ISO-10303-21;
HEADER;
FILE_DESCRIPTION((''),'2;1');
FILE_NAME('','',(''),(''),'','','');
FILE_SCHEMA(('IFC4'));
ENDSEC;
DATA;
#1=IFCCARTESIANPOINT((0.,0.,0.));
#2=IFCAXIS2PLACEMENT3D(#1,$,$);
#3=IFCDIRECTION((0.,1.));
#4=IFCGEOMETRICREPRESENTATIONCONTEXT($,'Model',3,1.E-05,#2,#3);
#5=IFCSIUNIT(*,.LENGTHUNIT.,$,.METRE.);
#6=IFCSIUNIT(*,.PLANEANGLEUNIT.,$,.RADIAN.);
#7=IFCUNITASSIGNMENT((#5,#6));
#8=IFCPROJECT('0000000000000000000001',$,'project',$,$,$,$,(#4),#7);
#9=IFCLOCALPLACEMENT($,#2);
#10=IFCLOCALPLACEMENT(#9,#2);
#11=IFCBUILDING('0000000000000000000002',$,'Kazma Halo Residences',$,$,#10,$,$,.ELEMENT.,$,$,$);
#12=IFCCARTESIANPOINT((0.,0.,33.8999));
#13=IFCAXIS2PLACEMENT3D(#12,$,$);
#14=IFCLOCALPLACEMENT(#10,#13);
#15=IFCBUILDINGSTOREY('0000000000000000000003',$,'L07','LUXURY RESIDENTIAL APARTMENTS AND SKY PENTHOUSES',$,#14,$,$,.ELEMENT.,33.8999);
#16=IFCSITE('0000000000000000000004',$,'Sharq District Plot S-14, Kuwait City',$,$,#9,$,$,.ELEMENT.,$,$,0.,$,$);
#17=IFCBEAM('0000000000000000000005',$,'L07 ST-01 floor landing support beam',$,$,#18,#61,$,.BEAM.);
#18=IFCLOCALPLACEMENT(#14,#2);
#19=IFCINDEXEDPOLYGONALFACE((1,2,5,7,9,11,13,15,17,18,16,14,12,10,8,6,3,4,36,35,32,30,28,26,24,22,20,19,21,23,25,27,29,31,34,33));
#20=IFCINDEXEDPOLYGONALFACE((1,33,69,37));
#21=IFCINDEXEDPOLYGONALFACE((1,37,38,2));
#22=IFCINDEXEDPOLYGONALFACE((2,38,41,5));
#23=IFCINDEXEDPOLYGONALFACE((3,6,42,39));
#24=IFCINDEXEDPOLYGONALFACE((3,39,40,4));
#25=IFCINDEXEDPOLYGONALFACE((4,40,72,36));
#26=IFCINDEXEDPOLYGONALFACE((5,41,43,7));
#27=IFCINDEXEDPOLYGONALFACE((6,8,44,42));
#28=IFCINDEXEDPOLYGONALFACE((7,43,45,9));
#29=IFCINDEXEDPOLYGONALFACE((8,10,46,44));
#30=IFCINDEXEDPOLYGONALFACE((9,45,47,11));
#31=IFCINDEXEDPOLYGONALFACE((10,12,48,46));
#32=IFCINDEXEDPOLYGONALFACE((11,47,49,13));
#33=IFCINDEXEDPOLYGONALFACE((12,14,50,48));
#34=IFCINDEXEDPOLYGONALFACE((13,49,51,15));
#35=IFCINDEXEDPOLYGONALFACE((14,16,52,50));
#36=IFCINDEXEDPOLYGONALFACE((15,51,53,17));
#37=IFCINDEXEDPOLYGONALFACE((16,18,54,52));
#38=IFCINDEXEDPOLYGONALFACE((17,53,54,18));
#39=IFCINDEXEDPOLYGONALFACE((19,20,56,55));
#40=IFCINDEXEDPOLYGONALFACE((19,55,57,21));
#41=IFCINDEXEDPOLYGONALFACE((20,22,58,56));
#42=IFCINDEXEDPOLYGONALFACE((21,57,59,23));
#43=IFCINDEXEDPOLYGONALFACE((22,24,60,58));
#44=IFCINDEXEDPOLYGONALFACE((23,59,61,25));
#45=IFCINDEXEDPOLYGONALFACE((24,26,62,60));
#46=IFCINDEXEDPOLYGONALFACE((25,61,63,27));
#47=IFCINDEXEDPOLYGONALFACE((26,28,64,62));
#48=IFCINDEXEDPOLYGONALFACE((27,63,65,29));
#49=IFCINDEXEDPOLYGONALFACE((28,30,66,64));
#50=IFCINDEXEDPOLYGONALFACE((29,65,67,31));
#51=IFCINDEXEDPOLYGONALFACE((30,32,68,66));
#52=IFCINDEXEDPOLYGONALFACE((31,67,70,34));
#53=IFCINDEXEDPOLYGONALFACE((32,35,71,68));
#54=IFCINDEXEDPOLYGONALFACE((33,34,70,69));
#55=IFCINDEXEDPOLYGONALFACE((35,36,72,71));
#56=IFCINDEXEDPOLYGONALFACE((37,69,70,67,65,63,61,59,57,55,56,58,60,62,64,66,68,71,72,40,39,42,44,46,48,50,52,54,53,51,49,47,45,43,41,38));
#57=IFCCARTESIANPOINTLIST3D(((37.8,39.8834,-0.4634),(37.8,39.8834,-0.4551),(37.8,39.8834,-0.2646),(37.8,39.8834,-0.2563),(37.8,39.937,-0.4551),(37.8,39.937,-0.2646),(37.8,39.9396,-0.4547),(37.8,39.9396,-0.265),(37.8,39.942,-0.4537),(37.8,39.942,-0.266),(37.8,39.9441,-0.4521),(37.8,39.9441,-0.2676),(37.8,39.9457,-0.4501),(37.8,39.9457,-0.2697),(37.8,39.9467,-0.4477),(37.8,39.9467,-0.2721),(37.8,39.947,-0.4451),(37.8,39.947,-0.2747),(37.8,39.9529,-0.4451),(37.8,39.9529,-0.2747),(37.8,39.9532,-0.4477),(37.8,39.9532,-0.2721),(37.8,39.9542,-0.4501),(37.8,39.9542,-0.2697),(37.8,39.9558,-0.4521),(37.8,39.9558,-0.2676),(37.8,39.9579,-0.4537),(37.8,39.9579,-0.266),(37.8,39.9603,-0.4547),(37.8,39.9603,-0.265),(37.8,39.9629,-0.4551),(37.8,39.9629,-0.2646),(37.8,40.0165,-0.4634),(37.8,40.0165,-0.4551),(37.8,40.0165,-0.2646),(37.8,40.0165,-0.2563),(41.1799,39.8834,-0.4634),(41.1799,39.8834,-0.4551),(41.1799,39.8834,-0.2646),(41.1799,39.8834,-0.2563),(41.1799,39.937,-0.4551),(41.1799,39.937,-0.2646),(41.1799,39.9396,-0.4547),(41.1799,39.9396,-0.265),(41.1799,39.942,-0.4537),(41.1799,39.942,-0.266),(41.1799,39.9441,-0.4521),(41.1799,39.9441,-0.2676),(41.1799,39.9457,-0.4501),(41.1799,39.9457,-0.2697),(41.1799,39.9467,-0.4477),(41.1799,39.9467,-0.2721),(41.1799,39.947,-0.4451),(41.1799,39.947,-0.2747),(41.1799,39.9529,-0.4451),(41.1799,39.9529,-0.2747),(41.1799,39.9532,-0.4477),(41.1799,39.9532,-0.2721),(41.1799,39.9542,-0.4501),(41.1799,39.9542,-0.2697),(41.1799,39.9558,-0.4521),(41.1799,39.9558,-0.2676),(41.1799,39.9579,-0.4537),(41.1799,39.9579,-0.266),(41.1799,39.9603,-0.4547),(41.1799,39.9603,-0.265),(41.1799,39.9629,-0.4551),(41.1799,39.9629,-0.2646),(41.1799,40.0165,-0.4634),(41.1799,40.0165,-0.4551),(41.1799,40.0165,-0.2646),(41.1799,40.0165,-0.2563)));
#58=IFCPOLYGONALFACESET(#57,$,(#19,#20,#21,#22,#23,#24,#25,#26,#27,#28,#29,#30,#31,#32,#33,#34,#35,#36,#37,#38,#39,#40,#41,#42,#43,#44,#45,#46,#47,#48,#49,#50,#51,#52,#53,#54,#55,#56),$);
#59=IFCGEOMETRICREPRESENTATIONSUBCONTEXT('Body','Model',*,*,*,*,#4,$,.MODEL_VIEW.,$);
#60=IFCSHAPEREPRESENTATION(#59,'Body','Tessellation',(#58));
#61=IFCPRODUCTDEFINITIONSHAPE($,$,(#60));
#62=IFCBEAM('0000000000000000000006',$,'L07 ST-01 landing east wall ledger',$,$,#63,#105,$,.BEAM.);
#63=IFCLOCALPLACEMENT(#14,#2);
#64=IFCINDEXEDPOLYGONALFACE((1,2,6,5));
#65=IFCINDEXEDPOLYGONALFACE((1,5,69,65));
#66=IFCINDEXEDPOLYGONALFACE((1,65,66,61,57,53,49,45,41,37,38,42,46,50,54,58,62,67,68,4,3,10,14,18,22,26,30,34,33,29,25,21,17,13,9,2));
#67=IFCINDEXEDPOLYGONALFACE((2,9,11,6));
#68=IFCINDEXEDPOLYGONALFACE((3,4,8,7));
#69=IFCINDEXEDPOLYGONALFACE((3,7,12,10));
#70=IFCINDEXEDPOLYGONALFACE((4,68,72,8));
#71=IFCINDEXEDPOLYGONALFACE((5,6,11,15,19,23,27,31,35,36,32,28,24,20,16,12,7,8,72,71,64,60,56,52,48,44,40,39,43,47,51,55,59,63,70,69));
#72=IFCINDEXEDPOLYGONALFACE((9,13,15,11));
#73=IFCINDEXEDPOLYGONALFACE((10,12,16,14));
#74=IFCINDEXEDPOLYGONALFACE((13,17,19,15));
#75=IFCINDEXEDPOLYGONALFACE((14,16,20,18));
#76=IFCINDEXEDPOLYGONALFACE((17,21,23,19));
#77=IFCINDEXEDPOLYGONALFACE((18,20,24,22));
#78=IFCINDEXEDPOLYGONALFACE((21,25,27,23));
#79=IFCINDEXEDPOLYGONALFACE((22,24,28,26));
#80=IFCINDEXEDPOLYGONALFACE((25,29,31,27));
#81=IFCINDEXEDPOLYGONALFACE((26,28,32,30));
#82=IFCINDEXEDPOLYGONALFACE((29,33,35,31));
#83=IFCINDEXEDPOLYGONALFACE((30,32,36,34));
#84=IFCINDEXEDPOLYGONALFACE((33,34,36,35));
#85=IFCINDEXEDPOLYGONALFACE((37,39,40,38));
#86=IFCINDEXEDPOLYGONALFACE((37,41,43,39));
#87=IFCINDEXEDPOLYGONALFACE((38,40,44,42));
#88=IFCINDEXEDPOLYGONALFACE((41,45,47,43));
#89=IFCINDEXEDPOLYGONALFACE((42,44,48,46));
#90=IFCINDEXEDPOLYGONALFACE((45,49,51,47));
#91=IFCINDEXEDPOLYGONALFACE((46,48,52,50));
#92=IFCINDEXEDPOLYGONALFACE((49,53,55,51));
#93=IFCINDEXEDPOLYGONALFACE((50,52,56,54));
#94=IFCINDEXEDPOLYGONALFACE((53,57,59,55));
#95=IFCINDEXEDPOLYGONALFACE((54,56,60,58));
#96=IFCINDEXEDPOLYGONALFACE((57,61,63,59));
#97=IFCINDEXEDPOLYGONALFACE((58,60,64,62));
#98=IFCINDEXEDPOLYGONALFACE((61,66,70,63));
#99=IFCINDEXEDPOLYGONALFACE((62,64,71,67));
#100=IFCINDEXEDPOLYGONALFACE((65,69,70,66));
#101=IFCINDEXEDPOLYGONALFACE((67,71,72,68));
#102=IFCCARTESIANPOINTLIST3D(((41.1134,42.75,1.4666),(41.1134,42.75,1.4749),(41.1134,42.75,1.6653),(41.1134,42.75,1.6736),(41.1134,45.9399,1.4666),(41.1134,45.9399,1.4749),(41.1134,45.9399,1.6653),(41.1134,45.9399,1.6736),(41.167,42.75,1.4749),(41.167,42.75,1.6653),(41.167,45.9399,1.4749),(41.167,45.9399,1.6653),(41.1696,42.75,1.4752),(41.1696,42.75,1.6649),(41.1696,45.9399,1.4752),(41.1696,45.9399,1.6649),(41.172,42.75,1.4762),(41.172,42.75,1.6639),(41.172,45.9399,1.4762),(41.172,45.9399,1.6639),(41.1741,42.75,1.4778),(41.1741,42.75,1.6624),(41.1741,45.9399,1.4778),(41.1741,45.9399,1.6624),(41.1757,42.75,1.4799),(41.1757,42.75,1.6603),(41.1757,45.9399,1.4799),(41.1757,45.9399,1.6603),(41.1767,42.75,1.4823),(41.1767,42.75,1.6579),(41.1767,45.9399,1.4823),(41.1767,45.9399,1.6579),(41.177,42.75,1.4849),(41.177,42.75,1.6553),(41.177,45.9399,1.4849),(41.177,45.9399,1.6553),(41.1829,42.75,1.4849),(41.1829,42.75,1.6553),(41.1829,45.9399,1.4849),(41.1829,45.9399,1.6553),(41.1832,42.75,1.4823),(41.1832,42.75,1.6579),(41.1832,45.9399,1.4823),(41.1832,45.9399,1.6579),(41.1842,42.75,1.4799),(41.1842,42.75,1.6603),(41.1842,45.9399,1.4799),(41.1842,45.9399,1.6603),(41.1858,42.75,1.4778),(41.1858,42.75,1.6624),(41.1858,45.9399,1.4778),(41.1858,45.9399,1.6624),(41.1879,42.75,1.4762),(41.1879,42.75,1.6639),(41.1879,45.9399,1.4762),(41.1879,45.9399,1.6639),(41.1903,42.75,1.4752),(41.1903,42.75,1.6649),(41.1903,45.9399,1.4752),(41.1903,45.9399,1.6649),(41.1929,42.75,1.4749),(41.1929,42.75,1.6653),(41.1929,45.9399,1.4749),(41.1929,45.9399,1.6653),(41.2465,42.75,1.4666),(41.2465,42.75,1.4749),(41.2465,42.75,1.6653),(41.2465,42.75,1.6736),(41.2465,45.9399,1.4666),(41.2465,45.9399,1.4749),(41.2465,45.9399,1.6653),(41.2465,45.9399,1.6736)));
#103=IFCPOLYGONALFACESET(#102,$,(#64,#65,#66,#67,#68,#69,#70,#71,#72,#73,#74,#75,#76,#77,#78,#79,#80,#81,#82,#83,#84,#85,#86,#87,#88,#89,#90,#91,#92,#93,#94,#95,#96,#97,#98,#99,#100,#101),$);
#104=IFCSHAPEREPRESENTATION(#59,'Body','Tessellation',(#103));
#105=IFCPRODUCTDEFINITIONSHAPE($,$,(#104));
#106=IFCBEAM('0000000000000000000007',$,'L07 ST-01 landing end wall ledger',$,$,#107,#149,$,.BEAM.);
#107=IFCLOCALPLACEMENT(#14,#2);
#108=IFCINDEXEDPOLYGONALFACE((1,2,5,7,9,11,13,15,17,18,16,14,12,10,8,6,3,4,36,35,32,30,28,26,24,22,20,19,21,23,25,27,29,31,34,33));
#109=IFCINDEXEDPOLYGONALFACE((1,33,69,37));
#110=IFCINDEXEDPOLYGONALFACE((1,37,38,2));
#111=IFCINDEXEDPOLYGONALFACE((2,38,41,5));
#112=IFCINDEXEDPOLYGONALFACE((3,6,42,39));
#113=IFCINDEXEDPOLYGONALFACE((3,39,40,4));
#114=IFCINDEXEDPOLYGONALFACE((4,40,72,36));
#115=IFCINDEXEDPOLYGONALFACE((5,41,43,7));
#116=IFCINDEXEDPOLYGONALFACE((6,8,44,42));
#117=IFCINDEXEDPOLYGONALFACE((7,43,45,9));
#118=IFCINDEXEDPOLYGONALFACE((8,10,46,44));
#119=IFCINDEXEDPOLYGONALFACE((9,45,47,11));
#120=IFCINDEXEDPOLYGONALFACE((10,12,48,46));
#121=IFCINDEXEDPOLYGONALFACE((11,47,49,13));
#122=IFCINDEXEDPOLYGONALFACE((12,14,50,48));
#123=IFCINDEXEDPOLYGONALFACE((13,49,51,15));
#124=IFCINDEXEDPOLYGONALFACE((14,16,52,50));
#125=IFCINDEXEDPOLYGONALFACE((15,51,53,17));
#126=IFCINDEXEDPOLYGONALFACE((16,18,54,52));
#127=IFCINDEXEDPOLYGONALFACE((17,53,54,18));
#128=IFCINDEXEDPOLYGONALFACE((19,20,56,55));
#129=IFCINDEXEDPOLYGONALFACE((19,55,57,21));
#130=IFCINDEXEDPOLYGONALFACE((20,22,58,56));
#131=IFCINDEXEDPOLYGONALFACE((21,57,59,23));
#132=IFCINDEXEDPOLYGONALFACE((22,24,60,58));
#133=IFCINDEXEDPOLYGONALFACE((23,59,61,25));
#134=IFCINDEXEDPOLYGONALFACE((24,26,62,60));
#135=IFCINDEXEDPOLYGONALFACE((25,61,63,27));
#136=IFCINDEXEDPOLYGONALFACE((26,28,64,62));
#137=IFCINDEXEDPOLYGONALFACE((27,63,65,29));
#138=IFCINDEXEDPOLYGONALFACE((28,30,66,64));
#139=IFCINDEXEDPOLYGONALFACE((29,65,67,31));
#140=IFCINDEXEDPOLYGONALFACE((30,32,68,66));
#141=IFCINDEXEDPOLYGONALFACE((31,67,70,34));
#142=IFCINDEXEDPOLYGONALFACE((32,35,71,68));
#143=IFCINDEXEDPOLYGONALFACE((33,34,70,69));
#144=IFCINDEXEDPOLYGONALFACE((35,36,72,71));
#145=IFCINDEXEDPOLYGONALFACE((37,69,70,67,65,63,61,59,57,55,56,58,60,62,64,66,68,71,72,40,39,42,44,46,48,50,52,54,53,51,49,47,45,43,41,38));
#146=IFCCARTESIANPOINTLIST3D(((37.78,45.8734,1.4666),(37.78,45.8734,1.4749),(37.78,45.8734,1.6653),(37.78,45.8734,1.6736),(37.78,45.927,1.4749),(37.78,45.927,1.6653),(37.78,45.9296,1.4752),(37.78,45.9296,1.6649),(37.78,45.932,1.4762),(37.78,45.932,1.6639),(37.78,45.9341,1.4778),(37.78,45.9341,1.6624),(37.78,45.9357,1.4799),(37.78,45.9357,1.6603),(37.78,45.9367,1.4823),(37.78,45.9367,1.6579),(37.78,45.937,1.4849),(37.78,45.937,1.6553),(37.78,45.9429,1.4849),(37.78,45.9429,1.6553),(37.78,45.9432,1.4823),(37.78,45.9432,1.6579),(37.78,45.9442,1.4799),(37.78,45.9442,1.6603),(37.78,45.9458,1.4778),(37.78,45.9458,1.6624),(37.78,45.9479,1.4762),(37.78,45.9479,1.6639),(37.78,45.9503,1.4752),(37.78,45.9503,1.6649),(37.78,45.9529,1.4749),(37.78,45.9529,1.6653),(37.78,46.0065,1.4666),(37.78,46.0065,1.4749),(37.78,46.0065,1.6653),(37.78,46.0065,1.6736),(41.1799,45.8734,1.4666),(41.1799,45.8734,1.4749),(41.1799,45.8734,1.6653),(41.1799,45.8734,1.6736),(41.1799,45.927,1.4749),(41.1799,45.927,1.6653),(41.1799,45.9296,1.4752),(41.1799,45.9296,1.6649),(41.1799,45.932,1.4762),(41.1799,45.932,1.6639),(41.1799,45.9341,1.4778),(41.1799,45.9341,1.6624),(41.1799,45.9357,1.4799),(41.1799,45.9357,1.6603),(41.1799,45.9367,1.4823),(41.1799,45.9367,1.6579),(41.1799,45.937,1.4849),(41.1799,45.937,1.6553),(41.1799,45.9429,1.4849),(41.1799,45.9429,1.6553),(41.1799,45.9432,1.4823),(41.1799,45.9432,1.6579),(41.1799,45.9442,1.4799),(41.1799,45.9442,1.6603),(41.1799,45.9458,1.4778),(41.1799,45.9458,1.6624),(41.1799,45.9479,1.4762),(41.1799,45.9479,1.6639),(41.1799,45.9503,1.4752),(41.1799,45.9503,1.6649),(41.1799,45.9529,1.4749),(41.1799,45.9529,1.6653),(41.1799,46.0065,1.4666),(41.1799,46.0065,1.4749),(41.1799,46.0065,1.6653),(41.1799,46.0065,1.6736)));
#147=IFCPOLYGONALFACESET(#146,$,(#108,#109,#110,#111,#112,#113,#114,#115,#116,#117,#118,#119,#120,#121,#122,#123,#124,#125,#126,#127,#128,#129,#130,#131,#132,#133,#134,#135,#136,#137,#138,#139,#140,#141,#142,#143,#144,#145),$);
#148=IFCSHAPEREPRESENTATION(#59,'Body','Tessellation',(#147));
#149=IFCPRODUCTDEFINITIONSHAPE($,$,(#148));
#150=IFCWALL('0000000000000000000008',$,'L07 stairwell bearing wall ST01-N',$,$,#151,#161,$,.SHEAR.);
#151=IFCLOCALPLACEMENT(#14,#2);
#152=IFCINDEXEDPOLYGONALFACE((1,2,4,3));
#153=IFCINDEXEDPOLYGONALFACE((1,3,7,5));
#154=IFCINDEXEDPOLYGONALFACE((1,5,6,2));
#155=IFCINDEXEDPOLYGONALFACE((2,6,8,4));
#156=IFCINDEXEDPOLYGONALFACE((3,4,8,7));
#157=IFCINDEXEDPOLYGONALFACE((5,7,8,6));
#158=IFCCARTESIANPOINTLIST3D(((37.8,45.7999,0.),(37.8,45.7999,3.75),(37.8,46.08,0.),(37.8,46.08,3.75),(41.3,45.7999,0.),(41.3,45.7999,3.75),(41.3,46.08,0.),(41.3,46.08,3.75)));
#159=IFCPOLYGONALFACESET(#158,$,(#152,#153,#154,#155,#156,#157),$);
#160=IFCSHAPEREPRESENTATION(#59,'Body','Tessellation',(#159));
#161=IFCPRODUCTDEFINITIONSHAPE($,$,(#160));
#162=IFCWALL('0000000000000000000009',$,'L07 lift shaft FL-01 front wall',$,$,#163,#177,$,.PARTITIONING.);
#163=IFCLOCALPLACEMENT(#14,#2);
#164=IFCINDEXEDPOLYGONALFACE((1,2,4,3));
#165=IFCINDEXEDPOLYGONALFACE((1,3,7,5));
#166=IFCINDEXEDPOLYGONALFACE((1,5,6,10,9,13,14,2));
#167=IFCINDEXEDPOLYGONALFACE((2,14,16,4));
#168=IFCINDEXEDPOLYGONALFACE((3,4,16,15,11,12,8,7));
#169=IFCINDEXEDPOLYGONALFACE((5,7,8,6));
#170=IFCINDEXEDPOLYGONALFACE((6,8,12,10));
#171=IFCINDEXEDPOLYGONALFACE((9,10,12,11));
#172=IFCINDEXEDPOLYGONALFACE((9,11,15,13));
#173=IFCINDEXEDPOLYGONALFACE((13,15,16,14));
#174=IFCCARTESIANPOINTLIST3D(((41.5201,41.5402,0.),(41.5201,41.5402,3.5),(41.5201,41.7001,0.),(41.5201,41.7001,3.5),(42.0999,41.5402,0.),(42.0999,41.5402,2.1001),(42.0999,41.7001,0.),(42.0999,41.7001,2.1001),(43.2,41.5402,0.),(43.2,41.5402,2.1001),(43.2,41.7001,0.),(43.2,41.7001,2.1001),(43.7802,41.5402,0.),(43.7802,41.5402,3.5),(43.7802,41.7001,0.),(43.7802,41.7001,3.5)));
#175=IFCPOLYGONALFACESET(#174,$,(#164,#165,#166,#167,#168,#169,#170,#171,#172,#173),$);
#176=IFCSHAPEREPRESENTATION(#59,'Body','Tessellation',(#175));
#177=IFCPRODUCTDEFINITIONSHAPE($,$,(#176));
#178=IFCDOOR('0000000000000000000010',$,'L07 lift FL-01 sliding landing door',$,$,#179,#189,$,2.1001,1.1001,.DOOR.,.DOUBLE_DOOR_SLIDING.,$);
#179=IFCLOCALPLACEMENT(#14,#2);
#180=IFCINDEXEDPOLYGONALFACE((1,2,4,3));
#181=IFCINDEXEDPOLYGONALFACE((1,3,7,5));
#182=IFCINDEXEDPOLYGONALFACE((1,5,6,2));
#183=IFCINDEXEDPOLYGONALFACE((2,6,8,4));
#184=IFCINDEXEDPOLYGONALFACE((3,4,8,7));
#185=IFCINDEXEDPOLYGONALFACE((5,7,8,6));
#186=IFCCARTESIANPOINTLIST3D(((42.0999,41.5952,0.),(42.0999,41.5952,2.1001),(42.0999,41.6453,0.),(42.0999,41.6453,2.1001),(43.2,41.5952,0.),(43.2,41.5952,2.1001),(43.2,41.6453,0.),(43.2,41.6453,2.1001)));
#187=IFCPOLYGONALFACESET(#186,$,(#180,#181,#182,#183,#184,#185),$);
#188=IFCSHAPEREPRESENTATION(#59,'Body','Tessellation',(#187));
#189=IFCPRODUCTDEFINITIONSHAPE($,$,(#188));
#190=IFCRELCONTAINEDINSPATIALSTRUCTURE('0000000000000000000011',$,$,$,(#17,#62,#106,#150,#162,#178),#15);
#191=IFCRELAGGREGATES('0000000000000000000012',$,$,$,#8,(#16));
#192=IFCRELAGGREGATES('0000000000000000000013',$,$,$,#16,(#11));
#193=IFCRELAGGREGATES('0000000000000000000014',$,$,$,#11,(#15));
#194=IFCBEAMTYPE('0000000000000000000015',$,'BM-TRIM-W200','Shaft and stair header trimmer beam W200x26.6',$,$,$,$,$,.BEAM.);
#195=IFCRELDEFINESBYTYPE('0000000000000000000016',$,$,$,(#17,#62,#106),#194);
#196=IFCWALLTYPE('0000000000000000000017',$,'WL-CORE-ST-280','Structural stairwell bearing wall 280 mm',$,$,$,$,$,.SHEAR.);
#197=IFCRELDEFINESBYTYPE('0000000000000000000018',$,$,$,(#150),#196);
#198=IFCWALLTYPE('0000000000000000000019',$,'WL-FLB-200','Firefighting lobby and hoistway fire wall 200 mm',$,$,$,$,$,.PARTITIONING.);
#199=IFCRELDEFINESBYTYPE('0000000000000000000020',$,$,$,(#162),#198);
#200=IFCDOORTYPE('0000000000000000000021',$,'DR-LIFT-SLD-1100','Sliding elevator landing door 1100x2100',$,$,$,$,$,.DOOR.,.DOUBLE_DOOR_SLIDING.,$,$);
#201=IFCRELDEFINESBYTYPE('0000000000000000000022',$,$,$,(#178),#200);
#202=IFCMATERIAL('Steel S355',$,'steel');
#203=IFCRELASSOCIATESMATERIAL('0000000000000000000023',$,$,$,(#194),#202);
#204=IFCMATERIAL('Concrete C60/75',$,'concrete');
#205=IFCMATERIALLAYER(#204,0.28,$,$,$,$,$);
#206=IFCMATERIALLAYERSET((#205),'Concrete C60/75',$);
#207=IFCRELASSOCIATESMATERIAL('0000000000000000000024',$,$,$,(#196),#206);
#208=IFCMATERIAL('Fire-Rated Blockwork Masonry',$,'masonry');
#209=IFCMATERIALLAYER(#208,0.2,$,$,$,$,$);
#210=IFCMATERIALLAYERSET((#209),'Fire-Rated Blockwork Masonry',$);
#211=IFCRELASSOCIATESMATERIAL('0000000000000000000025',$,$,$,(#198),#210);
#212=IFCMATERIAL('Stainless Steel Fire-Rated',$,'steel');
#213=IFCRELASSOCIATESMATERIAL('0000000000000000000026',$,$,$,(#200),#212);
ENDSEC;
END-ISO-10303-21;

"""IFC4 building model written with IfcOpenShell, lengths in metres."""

from ifc_helpers import new_model, si_unit, direction, frame, frame_2d, origin, origin_2d, place, context, subcontext, project, spatial, rectangle, i_section, extrude, material, layer, layer_set, material_profile, profile_set, type_object, element, fill, save


model = new_model("IFC4")

# Units and contexts
model_context = context("Model", 3, precision=1e-05, world=origin(), true_north=direction((0.0, 1.0)))
body_context = subcontext(model_context, "Body", "Model", "MODEL_VIEW")
ifc_project = project(units=[si_unit("LENGTHUNIT", "METRE"), si_unit("PLANEANGLEUNIT", "RADIAN")], contexts=[model_context])

# Site, building, storey
site_placement = place(None, origin())
site = spatial("IfcSite", under=ifc_project, at=site_placement, Name="Sharq District Plot S-14, Kuwait City", CompositionType="ELEMENT", RefElevation=0.0)
building_placement = place(site_placement, origin())
building = spatial("IfcBuilding", under=site, at=building_placement, Name="Kazma Halo Residences", CompositionType="ELEMENT")
storey_placement = place(building_placement, frame((0.0, 0.0, 33.8999)))
storey = spatial("IfcBuildingStorey", under=building, at=storey_placement, Name="L07", Description="LUXURY RESIDENTIAL APARTMENTS AND SKY PENTHOUSES", CompositionType="ELEMENT", Elevation=33.8999)

# Shared definitions
ifc_material_1 = material(Name="Steel S355", Category="steel")

# Beams
ifc_material_profile_1 = material_profile(ifc_material_1, i_section(OverallWidth=0.1331, OverallDepth=0.207, WebThickness=0.0059, FlangeThickness=0.0083, FilletRadius=0.01, at=origin_2d()), Name="W200x26.6")
ifc_profile_set_1 = profile_set([ifc_material_profile_1], Name="Steel S355")
beam_type_1 = type_object("IfcBeamType", Name="BM-TRIM-W200", Description="Shaft and stair header trimmer beam W200x26.6", PredefinedType="BEAM", material=ifc_profile_set_1)
beam_1_placement = place(storey_placement, frame((37.8, 39.95, -0.3599), z_axis=(1.0, 0.0, 0.0), x_axis=(0.0, 1.0, 0.0)))
element("IfcBeam", 1, at=beam_1_placement, inside=storey, type_object=beam_type_1, Name="L07 ST-01 floor landing support beam", PredefinedType="BEAM", context=body_context, shape_type="SweptSolid", body=[
    extrude(i_section(OverallWidth=0.1331, OverallDepth=0.207, WebThickness=0.0059, FlangeThickness=0.0083, FilletRadius=0.01, at=origin_2d()), origin(), (0.0, 0.0, 1.0), 3.3799),
])
beam_2_placement = place(storey_placement, frame((41.1799, 42.75, 1.5701), z_axis=(0.0, 1.0, 0.0), x_axis=(-1.0, 0.0, 0.0)))
element("IfcBeam", 2, at=beam_2_placement, inside=storey, type_object=beam_type_1, Name="L07 ST-01 landing east wall ledger", PredefinedType="BEAM", context=body_context, shape_type="SweptSolid", body=[
    extrude(i_section(OverallWidth=0.1331, OverallDepth=0.207, WebThickness=0.0059, FlangeThickness=0.0083, FilletRadius=0.01, at=origin_2d()), origin(), (0.0, 0.0, 1.0), 3.1899),
])
beam_3_placement = place(storey_placement, frame((37.78, 45.9399, 1.5701), z_axis=(1.0, 0.0, 0.0), x_axis=(0.0, 1.0, 0.0)))
element("IfcBeam", 3, at=beam_3_placement, inside=storey, type_object=beam_type_1, Name="L07 ST-01 landing end wall ledger", PredefinedType="BEAM", context=body_context, shape_type="SweptSolid", body=[
    extrude(i_section(OverallWidth=0.1331, OverallDepth=0.207, WebThickness=0.0059, FlangeThickness=0.0083, FilletRadius=0.01, at=origin_2d()), origin(), (0.0, 0.0, 1.0), 3.3999),
])

# Wall
ifc_material_2 = material(Name="Concrete C60/75", Category="concrete")
ifc_layer_1 = layer(ifc_material_2, 0.28)
ifc_layer_set_1 = layer_set([ifc_layer_1], Name="Concrete C60/75")
wall_type_1 = type_object("IfcWallType", Name="WL-CORE-ST-280", Description="Structural stairwell bearing wall 280 mm", PredefinedType="SHEAR", material=ifc_layer_set_1)
wall_1_placement = place(storey_placement, frame((37.8, 45.9399, 0.0), z_axis=(0.0, 0.0, 1.0), x_axis=(1.0, 0.0, 0.0)))
element("IfcWall", 4, at=wall_1_placement, inside=storey, type_object=wall_type_1, Name="L07 stairwell bearing wall ST01-N", PredefinedType="SHEAR", context=body_context, shape_type="SweptSolid", body=[
    extrude(rectangle(XDim=3.5, YDim=0.28, at=frame_2d((1.75, 0.0))), origin(), (0.0, 0.0, 1.0), 3.75),
])

# Wall, opening, door
ifc_material_3 = material(Name="Fire-Rated Blockwork Masonry", Category="masonry")
ifc_layer_2 = layer(ifc_material_3, 0.2)
ifc_layer_set_2 = layer_set([ifc_layer_2], Name="Fire-Rated Blockwork Masonry")
wall_type_2 = type_object("IfcWallType", Name="WL-FLB-200", Description="Firefighting lobby and hoistway fire wall 200 mm", PredefinedType="PARTITIONING", material=ifc_layer_set_2)
wall_2_placement = place(storey_placement, frame((43.78, 41.6201, 0.0), z_axis=(0.0, 0.0, 1.0), x_axis=(-1.0, 0.0, 0.0)))
wall_2 = element("IfcWall", 5, at=wall_2_placement, inside=storey, type_object=wall_type_2, Name="L07 lift shaft FL-01 front wall", PredefinedType="PARTITIONING", context=body_context, shape_type="SweptSolid", body=[
    extrude(rectangle(XDim=2.26, YDim=0.1599, at=frame_2d((1.1299, 0.0))), origin(), (0.0, 0.0, 1.0), 3.5),
])
opening_1_placement = place(wall_2_placement, frame((0.5801, 0.0, 0.0)))
opening_1 = element("IfcOpeningElement", 6, at=opening_1_placement, cuts=wall_2, PredefinedType="OPENING", context=body_context, shape_type="SweptSolid", body=[
    extrude(rectangle(XDim=1.1001, YDim=2.1001, at=frame_2d((0.55, 1.05))), frame((0.0, 0.0898, 0.0), z_axis=(0.0, -1.0, 0.0), x_axis=(1.0, 0.0, 0.0)), (0.0, 0.0, 1.0), 0.1799),
])
ifc_material_4 = material(Name="Stainless Steel Fire-Rated", Category="steel")
door_type_1 = type_object("IfcDoorType", Name="DR-LIFT-SLD-1100", Description="Sliding elevator landing door 1100x2100", OperationType="DOUBLE_DOOR_SLIDING", PredefinedType="DOOR", material=ifc_material_4)
door_1_placement = place(opening_1_placement, origin())
door_1 = element("IfcDoor", 7, at=door_1_placement, inside=storey, type_object=door_type_1, Name="L07 lift FL-01 sliding landing door", OperationType="DOUBLE_DOOR_SLIDING", OverallHeight=2.1001, OverallWidth=1.1001, PredefinedType="DOOR", context=body_context, shape_type="SweptSolid", body=[
    extrude(rectangle(XDim=1.1001, YDim=2.1001, at=frame_2d((0.55, 1.05))), frame((0.0, 0.0249, 0.0), z_axis=(0.0, -1.0, 0.0), x_axis=(1.0, 0.0, 0.0)), (0.0, 0.0, 1.0), 0.05),
])
fill(opening_1, door_1)

save(model, "model.ifc")
